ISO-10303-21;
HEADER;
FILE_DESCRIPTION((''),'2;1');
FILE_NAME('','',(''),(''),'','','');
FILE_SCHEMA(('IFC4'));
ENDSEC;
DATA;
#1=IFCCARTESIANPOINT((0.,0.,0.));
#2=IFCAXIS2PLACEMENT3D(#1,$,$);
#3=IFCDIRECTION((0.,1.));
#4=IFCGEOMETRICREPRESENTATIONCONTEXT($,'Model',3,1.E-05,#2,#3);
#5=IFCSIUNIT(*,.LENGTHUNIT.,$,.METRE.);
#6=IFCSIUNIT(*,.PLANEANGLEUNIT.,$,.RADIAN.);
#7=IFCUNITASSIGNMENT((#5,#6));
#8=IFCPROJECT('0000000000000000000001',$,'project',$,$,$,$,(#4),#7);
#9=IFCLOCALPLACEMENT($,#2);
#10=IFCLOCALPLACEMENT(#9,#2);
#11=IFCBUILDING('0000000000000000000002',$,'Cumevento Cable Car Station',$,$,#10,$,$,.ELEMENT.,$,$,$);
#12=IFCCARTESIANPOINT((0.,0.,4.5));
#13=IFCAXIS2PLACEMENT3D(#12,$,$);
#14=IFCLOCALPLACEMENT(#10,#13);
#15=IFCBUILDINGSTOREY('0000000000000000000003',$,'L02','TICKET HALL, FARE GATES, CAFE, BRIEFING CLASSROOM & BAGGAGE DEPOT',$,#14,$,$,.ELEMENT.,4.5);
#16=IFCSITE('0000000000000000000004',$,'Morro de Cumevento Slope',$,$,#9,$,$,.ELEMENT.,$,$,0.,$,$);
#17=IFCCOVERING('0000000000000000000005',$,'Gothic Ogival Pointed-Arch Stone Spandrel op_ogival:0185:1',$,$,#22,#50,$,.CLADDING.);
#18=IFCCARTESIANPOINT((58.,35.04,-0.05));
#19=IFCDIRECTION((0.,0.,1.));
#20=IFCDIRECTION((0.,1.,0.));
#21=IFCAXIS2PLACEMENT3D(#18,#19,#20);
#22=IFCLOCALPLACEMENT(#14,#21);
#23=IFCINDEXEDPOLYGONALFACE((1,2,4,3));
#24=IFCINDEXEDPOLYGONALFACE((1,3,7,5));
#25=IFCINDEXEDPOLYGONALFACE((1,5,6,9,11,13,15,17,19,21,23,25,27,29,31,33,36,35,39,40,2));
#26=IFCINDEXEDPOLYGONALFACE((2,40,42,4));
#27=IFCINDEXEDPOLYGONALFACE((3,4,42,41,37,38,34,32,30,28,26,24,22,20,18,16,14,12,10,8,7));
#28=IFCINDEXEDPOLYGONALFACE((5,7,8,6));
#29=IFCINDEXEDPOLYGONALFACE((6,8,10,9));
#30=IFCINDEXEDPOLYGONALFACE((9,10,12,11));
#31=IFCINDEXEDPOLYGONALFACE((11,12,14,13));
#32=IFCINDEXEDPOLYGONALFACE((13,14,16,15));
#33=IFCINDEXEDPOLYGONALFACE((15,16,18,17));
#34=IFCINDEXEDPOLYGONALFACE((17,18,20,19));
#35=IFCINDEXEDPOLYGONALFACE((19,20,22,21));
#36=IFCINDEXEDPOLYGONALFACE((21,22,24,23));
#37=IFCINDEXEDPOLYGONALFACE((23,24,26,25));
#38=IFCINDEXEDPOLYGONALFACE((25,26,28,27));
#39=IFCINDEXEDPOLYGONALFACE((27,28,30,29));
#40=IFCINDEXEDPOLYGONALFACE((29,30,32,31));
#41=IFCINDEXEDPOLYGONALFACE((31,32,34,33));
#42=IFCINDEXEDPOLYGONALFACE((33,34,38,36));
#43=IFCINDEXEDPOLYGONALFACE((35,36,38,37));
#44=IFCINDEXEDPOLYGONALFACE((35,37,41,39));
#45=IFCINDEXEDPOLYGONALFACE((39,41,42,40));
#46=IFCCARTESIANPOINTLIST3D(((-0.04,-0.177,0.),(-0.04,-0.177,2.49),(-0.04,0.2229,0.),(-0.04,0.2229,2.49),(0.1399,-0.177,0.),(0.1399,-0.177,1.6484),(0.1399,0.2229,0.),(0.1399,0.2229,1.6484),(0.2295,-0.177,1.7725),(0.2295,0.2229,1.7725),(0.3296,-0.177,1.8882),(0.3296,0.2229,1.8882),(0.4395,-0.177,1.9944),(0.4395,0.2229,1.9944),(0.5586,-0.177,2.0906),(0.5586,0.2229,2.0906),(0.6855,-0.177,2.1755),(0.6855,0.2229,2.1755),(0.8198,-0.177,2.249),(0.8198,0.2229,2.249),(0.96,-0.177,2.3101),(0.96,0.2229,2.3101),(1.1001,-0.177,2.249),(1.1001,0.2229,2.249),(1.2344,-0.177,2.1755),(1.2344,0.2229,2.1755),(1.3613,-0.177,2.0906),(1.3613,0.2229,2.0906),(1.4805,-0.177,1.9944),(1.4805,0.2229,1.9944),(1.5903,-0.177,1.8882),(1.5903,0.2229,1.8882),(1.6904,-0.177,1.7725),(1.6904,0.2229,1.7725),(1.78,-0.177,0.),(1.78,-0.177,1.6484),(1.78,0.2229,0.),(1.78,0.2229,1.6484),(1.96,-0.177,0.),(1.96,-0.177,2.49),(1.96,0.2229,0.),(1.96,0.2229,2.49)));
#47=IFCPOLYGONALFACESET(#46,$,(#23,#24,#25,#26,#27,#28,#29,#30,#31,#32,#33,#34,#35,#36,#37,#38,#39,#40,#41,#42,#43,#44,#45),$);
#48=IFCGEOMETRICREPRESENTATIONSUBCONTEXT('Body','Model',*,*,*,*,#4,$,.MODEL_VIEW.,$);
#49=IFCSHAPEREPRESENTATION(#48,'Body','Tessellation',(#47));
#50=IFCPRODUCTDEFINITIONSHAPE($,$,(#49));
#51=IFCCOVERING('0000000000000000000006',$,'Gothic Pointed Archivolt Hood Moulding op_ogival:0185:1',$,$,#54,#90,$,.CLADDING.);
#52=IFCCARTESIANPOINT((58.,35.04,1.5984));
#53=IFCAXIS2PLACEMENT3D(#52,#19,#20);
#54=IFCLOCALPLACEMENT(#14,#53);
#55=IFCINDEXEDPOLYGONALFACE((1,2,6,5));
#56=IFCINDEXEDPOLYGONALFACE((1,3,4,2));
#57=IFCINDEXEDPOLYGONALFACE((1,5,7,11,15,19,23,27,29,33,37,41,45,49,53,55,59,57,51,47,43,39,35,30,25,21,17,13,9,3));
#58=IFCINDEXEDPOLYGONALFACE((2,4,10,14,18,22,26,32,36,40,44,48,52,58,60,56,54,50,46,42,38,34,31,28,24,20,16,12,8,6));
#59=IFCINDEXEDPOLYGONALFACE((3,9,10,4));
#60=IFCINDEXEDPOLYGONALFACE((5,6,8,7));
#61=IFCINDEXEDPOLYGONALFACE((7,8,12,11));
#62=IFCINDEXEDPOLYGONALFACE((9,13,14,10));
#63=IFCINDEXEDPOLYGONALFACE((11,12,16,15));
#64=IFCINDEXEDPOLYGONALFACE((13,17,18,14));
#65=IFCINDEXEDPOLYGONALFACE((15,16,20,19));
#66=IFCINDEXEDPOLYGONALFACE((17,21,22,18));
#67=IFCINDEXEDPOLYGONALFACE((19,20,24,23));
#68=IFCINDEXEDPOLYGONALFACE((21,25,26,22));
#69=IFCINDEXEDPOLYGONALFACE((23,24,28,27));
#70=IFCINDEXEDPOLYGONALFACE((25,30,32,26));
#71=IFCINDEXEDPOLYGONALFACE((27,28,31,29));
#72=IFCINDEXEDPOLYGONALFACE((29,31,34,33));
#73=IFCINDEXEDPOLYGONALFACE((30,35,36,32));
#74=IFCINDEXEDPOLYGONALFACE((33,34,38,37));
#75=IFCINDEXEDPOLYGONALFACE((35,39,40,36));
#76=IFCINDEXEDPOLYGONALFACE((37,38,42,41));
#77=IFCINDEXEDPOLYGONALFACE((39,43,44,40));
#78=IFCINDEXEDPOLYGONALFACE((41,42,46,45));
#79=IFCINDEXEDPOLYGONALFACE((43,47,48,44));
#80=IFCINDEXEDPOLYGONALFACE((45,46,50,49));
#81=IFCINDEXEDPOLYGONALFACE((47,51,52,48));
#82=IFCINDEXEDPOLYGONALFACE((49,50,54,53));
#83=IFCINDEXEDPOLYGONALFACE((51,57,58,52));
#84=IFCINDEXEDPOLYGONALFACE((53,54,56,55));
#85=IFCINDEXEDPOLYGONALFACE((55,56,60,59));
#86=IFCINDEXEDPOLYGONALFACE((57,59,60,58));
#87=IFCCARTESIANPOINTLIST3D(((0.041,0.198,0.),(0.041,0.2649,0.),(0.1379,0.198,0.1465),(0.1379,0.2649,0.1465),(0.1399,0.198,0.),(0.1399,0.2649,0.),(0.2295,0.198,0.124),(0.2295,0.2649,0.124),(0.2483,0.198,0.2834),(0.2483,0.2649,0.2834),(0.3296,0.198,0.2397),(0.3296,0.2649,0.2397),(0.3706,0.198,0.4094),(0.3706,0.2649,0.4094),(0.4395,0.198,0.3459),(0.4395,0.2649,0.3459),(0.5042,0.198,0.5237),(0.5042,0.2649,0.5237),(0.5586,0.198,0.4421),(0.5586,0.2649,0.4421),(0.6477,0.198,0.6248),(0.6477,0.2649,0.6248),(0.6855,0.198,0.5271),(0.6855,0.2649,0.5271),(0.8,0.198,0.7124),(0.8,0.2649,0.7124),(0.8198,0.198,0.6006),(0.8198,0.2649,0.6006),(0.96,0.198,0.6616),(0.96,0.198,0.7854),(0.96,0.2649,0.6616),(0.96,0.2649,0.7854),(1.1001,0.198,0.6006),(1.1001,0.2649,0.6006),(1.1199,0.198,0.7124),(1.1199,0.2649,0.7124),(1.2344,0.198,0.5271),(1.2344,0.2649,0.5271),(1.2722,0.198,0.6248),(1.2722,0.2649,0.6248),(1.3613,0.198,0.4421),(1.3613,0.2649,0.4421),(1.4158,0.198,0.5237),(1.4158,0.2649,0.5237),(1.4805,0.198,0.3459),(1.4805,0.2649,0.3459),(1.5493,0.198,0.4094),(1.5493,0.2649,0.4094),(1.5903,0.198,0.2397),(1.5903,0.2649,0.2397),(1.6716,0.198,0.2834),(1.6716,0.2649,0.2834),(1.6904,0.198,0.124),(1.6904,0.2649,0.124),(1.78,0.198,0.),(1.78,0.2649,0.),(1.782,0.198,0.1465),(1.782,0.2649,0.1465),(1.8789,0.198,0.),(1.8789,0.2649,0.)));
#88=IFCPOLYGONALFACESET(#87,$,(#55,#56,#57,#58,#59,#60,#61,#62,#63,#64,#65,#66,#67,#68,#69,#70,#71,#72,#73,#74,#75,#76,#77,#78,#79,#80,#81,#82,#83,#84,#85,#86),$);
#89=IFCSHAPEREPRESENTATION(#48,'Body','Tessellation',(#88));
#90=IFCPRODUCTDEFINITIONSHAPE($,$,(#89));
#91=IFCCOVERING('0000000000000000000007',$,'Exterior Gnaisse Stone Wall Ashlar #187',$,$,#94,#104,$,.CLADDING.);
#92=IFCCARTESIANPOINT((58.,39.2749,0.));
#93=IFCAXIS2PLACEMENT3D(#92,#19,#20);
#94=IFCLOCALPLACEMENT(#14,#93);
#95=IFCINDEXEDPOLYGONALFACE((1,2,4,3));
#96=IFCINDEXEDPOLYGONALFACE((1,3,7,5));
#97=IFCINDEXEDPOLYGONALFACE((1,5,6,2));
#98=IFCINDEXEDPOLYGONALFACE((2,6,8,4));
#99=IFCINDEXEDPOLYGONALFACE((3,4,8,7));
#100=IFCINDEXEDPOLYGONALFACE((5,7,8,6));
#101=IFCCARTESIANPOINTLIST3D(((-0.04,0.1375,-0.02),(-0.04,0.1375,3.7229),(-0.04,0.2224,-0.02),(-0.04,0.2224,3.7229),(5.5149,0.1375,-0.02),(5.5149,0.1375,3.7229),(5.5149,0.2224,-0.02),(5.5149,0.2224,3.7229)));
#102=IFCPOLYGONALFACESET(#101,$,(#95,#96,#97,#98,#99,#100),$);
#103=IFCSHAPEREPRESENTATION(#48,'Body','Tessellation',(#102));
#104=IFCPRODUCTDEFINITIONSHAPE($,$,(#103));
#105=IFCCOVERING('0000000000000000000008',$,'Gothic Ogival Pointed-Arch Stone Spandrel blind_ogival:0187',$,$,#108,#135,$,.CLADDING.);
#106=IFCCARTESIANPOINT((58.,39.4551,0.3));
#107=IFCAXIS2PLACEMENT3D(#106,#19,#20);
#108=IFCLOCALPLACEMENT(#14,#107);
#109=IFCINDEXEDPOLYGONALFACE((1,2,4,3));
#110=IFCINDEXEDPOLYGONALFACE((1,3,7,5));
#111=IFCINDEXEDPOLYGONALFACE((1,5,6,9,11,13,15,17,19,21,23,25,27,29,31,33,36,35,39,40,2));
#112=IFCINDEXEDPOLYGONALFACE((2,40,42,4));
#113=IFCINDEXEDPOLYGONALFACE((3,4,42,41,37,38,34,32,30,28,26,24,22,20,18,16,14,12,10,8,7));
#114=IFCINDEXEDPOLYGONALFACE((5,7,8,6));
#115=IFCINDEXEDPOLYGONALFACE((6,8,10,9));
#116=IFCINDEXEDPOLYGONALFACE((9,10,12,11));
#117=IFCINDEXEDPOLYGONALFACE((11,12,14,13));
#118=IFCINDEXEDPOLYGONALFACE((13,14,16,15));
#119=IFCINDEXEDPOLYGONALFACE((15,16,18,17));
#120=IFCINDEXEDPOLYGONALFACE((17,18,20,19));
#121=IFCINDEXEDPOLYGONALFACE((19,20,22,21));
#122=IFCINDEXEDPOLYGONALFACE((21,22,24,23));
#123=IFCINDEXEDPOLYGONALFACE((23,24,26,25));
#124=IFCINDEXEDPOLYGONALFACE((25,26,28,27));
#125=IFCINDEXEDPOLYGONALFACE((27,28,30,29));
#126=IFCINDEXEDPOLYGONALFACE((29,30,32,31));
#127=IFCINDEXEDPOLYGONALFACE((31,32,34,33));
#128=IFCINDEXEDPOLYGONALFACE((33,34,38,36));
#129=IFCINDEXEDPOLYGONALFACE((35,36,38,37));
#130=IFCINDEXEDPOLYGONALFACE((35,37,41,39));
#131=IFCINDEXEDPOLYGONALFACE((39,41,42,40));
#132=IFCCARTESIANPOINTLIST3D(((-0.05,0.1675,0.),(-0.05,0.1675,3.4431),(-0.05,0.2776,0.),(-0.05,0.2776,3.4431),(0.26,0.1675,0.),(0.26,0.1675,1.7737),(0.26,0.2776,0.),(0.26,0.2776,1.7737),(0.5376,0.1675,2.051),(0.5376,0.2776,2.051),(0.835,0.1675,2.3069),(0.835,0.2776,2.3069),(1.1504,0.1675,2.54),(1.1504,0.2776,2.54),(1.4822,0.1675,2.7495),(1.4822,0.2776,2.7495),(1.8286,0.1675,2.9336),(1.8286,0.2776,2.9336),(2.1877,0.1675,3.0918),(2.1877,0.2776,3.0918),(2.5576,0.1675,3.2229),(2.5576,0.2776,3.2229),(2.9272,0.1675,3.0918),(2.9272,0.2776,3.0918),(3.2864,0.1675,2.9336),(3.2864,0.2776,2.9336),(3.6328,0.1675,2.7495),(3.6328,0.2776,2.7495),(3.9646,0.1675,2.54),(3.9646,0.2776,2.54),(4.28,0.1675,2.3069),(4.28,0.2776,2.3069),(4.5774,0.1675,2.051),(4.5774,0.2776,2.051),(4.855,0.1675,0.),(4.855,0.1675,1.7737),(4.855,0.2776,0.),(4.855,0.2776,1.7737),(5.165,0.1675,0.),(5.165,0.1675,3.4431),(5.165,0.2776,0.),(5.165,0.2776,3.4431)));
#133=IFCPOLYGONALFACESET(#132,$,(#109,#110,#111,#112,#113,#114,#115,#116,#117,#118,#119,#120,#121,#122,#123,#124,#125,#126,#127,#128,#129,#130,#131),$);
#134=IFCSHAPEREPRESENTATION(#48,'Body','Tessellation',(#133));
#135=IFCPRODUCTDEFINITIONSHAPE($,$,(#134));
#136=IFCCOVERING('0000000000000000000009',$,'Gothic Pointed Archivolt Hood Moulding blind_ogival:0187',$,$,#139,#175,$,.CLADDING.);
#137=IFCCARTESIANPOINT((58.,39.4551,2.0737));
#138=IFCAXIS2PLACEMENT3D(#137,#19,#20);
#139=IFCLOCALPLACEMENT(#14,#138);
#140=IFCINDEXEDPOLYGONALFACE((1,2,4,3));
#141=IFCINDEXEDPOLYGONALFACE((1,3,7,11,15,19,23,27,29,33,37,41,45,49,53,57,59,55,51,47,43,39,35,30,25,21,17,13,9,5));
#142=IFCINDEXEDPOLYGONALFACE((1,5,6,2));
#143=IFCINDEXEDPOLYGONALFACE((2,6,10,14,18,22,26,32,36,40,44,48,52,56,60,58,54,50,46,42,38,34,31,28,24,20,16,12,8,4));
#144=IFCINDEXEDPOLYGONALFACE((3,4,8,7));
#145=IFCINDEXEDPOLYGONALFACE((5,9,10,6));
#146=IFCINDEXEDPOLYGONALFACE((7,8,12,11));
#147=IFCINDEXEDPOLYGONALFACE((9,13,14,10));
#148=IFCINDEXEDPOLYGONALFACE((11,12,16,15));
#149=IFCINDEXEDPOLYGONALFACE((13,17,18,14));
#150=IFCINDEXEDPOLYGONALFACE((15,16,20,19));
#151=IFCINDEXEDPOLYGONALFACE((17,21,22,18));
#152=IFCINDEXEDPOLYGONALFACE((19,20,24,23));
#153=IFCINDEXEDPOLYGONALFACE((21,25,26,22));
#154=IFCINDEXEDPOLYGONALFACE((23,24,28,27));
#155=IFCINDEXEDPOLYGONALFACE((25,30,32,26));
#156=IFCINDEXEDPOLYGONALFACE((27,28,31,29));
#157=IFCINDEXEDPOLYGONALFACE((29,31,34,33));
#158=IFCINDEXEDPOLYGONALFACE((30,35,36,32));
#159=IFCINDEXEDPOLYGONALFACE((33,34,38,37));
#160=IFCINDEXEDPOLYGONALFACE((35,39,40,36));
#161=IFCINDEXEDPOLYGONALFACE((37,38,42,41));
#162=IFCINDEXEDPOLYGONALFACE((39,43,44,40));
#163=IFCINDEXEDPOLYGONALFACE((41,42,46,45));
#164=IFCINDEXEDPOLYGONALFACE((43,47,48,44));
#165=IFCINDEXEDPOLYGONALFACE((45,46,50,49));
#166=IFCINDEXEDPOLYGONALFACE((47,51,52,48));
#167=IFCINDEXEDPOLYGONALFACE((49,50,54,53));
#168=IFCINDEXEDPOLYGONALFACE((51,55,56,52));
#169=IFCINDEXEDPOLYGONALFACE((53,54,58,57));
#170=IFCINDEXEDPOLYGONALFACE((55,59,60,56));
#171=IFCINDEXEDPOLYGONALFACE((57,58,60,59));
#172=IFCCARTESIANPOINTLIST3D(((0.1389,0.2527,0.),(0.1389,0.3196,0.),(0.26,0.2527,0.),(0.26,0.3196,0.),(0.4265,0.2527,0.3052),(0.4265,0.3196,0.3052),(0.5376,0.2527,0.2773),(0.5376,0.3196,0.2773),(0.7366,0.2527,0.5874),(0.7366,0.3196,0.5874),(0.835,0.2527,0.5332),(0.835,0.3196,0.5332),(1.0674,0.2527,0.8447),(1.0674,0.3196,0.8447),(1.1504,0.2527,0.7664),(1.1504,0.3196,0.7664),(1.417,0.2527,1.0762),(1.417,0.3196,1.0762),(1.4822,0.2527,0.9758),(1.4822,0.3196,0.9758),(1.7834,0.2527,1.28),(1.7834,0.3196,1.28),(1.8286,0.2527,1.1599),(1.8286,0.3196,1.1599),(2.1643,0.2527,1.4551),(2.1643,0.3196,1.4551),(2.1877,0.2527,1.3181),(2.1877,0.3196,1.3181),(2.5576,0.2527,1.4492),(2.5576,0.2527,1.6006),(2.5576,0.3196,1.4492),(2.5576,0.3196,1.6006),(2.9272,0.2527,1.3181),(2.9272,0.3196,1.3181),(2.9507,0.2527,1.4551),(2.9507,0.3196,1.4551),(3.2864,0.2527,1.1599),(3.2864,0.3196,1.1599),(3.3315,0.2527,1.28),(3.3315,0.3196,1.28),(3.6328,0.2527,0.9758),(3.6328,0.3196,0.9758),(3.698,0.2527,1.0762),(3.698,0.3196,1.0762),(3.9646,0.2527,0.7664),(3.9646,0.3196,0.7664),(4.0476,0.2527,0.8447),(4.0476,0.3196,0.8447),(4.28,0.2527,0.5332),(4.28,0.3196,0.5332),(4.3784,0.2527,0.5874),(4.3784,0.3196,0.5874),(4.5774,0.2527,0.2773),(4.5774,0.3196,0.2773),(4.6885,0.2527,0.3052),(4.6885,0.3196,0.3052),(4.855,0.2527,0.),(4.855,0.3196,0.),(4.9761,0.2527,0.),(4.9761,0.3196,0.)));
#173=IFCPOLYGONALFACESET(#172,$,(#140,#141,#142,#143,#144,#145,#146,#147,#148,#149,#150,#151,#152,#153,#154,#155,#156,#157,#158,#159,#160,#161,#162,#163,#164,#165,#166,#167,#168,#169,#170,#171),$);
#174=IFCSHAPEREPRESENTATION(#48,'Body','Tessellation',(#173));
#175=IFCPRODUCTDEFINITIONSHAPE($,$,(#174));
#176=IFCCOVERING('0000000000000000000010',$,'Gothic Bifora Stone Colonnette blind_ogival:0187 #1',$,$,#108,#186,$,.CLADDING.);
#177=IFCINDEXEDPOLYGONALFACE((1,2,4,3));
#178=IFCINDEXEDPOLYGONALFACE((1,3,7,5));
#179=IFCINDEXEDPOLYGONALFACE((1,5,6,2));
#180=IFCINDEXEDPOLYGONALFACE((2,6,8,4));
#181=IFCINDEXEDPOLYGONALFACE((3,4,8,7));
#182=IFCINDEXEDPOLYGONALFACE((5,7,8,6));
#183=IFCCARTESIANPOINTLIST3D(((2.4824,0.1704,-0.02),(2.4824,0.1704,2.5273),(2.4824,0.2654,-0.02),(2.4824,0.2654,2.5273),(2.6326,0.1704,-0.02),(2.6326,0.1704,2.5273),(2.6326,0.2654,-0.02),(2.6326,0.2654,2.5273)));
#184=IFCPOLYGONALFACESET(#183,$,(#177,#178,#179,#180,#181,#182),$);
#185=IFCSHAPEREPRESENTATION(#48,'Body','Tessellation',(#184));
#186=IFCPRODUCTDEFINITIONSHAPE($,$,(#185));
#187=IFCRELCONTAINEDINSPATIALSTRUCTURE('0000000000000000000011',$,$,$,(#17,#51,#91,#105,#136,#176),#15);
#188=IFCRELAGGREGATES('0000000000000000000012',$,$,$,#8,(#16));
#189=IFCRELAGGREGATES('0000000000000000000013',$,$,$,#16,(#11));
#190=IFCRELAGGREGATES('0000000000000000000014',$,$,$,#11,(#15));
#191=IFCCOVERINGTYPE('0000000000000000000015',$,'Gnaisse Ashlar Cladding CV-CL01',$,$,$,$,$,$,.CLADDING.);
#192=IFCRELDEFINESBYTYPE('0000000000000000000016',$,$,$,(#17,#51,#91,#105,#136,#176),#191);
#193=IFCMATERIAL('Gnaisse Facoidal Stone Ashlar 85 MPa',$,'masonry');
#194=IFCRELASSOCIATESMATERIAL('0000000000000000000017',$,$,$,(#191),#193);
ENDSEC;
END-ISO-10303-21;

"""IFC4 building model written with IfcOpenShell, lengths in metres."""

from ifc_helpers import new_model, si_unit, direction, frame, origin, place, context, subcontext, project, spatial, polyline, outline, extrude, material, type_object, element, save


model = new_model("IFC4")

# Units and contexts
model_context = context("Model", 3, precision=1e-05, world=origin(), true_north=direction((0.0, 1.0)))
body_context = subcontext(model_context, "Body", "Model", "MODEL_VIEW")
ifc_project = project(units=[si_unit("LENGTHUNIT", "METRE"), si_unit("PLANEANGLEUNIT", "RADIAN")], contexts=[model_context])

# Site, building, storey
site_placement = place(None, origin())
site = spatial("IfcSite", under=ifc_project, at=site_placement, Name="Morro de Cumevento Slope", CompositionType="ELEMENT", RefElevation=0.0)
building_placement = place(site_placement, origin())
building = spatial("IfcBuilding", under=site, at=building_placement, Name="Cumevento Cable Car Station", CompositionType="ELEMENT")
storey_placement = place(building_placement, frame((0.0, 0.0, 4.5)))
storey = spatial("IfcBuildingStorey", under=building, at=storey_placement, Name="L02", Description="TICKET HALL, FARE GATES, CAFE, BRIEFING CLASSROOM & BAGGAGE DEPOT", CompositionType="ELEMENT", Elevation=4.5)

# Coverings
ifc_material_1 = material(Name="Gnaisse Facoidal Stone Ashlar 85 MPa", Category="masonry")
covering_type = type_object("IfcCoveringType", Name="Gnaisse Ashlar Cladding CV-CL01", PredefinedType="CLADDING", material=ifc_material_1)
covering_1_placement = place(storey_placement, frame((58.0, 35.04, -0.05), z_axis=(0.0, 0.0, 1.0), x_axis=(0.0, 1.0, 0.0)))
element("IfcCovering", 1, at=covering_1_placement, inside=storey, type_object=covering_type, Name="Gothic Ogival Pointed-Arch Stone Spandrel op_ogival:0185:1", PredefinedType="CLADDING", context=body_context, shape_type="SweptSolid", body=[
    extrude(outline(polyline([(-0.04, 0.0), (-0.04, 2.49), (1.96, 2.49), (1.96, 0.0), (1.78, 0.0), (1.78, 1.6484), (1.6904, 1.7725), (1.5903, 1.8882), (1.4805, 1.9944), (1.3613, 2.0906), (1.2344, 2.1755), (1.1001, 2.249), (0.96, 2.3101), (0.8198, 2.249), (0.6855, 2.1755), (0.5586, 2.0906), (0.4395, 1.9944), (0.3296, 1.8882), (0.2295, 1.7725), (0.1399, 1.6484), (0.1399, 0.0), (-0.04, 0.0)])), frame((0.0, 0.2229, 0.0), z_axis=(0.0, -1.0, 0.0), x_axis=(1.0, 0.0, 0.0)), (0.0, 0.0, 1.0), 0.3999),
])
covering_2_placement = place(storey_placement, frame((58.0, 35.04, 1.5984), z_axis=(0.0, 0.0, 1.0), x_axis=(0.0, 1.0, 0.0)))
element("IfcCovering", 2, at=covering_2_placement, inside=storey, type_object=covering_type, Name="Gothic Pointed Archivolt Hood Moulding op_ogival:0185:1", PredefinedType="CLADDING", context=body_context, shape_type="SweptSolid", body=[
    extrude(outline(polyline([(0.1399, 0.0), (0.2295, 0.124), (0.3296, 0.2397), (0.4395, 0.3459), (0.5586, 0.4421), (0.6855, 0.5271), (0.8198, 0.6006), (0.96, 0.6616), (1.1001, 0.6006), (1.2344, 0.5271), (1.3613, 0.4421), (1.4805, 0.3459), (1.5903, 0.2397), (1.6904, 0.124), (1.78, 0.0), (1.8789, 0.0), (1.782, 0.1465), (1.6716, 0.2834), (1.5493, 0.4094), (1.4158, 0.5237), (1.2722, 0.6248), (1.1199, 0.7124), (0.96, 0.7854), (0.8, 0.7124), (0.6477, 0.6248), (0.5042, 0.5237), (0.3706, 0.4094), (0.2483, 0.2834), (0.1379, 0.1465), (0.041, 0.0), (0.1399, 0.0)])), frame((0.0, 0.2649, 0.0), z_axis=(0.0, -1.0, 0.0), x_axis=(1.0, 0.0, 0.0)), (0.0, 0.0, 1.0), 0.0669),
])
covering_3_placement = place(storey_placement, frame((58.0, 39.2749, 0.0), z_axis=(0.0, 0.0, 1.0), x_axis=(0.0, 1.0, 0.0)))
element("IfcCovering", 3, at=covering_3_placement, inside=storey, type_object=covering_type, Name="Exterior Gnaisse Stone Wall Ashlar #187", PredefinedType="CLADDING", context=body_context, shape_type="SweptSolid", body=[
    extrude(outline(polyline([(-0.04, -0.02), (5.5149, -0.02), (5.5149, 3.7229), (-0.04, 3.7229), (-0.04, -0.02)])), frame((0.0, 0.2224, 0.0), z_axis=(0.0, -1.0, 0.0), x_axis=(1.0, 0.0, 0.0)), (0.0, 0.0, 1.0), 0.085),
])
placement = place(storey_placement, frame((58.0, 39.4551, 0.3), z_axis=(0.0, 0.0, 1.0), x_axis=(0.0, 1.0, 0.0)))
element("IfcCovering", 4, at=placement, inside=storey, type_object=covering_type, Name="Gothic Ogival Pointed-Arch Stone Spandrel blind_ogival:0187", PredefinedType="CLADDING", context=body_context, shape_type="SweptSolid", body=[
    extrude(outline(polyline([(-0.05, 0.0), (-0.05, 3.4431), (5.165, 3.4431), (5.165, 0.0), (4.855, 0.0), (4.855, 1.7737), (4.5774, 2.051), (4.28, 2.3069), (3.9646, 2.54), (3.6328, 2.7495), (3.2864, 2.9336), (2.9272, 3.0918), (2.5576, 3.2229), (2.1877, 3.0918), (1.8286, 2.9336), (1.4822, 2.7495), (1.1504, 2.54), (0.835, 2.3069), (0.5376, 2.051), (0.26, 1.7737), (0.26, 0.0), (-0.05, 0.0)])), frame((0.0, 0.2776, 0.0), z_axis=(0.0, -1.0, 0.0), x_axis=(1.0, 0.0, 0.0)), (0.0, 0.0, 1.0), 0.1101),
])
covering_4_placement = place(storey_placement, frame((58.0, 39.4551, 2.0737), z_axis=(0.0, 0.0, 1.0), x_axis=(0.0, 1.0, 0.0)))
element("IfcCovering", 5, at=covering_4_placement, inside=storey, type_object=covering_type, Name="Gothic Pointed Archivolt Hood Moulding blind_ogival:0187", PredefinedType="CLADDING", context=body_context, shape_type="SweptSolid", body=[
    extrude(outline(polyline([(0.26, 0.0), (0.5376, 0.2773), (0.835, 0.5332), (1.1504, 0.7664), (1.4822, 0.9758), (1.8286, 1.1599), (2.1877, 1.3181), (2.5576, 1.4492), (2.9272, 1.3181), (3.2864, 1.1599), (3.6328, 0.9758), (3.9646, 0.7664), (4.28, 0.5332), (4.5774, 0.2773), (4.855, 0.0), (4.9761, 0.0), (4.6885, 0.3052), (4.3784, 0.5874), (4.0476, 0.8447), (3.698, 1.0762), (3.3315, 1.28), (2.9507, 1.4551), (2.5576, 1.6006), (2.1643, 1.4551), (1.7834, 1.28), (1.417, 1.0762), (1.0674, 0.8447), (0.7366, 0.5874), (0.4265, 0.3052), (0.1389, 0.0), (0.26, 0.0)])), frame((0.0, 0.3196, 0.0), z_axis=(0.0, -1.0, 0.0), x_axis=(1.0, 0.0, 0.0)), (0.0, 0.0, 1.0), 0.0669),
])
element("IfcCovering", 6, at=placement, inside=storey, type_object=covering_type, Name="Gothic Bifora Stone Colonnette blind_ogival:0187 #1", PredefinedType="CLADDING", context=body_context, shape_type="SweptSolid", body=[
    extrude(outline(polyline([(2.4824, -0.02), (2.6326, -0.02), (2.6326, 2.5273), (2.4824, 2.5273), (2.4824, -0.02)])), frame((0.0, 0.2654, 0.0), z_axis=(0.0, -1.0, 0.0), x_axis=(1.0, 0.0, 0.0)), (0.0, 0.0, 1.0), 0.095),
])

save(model, "model.ifc")
